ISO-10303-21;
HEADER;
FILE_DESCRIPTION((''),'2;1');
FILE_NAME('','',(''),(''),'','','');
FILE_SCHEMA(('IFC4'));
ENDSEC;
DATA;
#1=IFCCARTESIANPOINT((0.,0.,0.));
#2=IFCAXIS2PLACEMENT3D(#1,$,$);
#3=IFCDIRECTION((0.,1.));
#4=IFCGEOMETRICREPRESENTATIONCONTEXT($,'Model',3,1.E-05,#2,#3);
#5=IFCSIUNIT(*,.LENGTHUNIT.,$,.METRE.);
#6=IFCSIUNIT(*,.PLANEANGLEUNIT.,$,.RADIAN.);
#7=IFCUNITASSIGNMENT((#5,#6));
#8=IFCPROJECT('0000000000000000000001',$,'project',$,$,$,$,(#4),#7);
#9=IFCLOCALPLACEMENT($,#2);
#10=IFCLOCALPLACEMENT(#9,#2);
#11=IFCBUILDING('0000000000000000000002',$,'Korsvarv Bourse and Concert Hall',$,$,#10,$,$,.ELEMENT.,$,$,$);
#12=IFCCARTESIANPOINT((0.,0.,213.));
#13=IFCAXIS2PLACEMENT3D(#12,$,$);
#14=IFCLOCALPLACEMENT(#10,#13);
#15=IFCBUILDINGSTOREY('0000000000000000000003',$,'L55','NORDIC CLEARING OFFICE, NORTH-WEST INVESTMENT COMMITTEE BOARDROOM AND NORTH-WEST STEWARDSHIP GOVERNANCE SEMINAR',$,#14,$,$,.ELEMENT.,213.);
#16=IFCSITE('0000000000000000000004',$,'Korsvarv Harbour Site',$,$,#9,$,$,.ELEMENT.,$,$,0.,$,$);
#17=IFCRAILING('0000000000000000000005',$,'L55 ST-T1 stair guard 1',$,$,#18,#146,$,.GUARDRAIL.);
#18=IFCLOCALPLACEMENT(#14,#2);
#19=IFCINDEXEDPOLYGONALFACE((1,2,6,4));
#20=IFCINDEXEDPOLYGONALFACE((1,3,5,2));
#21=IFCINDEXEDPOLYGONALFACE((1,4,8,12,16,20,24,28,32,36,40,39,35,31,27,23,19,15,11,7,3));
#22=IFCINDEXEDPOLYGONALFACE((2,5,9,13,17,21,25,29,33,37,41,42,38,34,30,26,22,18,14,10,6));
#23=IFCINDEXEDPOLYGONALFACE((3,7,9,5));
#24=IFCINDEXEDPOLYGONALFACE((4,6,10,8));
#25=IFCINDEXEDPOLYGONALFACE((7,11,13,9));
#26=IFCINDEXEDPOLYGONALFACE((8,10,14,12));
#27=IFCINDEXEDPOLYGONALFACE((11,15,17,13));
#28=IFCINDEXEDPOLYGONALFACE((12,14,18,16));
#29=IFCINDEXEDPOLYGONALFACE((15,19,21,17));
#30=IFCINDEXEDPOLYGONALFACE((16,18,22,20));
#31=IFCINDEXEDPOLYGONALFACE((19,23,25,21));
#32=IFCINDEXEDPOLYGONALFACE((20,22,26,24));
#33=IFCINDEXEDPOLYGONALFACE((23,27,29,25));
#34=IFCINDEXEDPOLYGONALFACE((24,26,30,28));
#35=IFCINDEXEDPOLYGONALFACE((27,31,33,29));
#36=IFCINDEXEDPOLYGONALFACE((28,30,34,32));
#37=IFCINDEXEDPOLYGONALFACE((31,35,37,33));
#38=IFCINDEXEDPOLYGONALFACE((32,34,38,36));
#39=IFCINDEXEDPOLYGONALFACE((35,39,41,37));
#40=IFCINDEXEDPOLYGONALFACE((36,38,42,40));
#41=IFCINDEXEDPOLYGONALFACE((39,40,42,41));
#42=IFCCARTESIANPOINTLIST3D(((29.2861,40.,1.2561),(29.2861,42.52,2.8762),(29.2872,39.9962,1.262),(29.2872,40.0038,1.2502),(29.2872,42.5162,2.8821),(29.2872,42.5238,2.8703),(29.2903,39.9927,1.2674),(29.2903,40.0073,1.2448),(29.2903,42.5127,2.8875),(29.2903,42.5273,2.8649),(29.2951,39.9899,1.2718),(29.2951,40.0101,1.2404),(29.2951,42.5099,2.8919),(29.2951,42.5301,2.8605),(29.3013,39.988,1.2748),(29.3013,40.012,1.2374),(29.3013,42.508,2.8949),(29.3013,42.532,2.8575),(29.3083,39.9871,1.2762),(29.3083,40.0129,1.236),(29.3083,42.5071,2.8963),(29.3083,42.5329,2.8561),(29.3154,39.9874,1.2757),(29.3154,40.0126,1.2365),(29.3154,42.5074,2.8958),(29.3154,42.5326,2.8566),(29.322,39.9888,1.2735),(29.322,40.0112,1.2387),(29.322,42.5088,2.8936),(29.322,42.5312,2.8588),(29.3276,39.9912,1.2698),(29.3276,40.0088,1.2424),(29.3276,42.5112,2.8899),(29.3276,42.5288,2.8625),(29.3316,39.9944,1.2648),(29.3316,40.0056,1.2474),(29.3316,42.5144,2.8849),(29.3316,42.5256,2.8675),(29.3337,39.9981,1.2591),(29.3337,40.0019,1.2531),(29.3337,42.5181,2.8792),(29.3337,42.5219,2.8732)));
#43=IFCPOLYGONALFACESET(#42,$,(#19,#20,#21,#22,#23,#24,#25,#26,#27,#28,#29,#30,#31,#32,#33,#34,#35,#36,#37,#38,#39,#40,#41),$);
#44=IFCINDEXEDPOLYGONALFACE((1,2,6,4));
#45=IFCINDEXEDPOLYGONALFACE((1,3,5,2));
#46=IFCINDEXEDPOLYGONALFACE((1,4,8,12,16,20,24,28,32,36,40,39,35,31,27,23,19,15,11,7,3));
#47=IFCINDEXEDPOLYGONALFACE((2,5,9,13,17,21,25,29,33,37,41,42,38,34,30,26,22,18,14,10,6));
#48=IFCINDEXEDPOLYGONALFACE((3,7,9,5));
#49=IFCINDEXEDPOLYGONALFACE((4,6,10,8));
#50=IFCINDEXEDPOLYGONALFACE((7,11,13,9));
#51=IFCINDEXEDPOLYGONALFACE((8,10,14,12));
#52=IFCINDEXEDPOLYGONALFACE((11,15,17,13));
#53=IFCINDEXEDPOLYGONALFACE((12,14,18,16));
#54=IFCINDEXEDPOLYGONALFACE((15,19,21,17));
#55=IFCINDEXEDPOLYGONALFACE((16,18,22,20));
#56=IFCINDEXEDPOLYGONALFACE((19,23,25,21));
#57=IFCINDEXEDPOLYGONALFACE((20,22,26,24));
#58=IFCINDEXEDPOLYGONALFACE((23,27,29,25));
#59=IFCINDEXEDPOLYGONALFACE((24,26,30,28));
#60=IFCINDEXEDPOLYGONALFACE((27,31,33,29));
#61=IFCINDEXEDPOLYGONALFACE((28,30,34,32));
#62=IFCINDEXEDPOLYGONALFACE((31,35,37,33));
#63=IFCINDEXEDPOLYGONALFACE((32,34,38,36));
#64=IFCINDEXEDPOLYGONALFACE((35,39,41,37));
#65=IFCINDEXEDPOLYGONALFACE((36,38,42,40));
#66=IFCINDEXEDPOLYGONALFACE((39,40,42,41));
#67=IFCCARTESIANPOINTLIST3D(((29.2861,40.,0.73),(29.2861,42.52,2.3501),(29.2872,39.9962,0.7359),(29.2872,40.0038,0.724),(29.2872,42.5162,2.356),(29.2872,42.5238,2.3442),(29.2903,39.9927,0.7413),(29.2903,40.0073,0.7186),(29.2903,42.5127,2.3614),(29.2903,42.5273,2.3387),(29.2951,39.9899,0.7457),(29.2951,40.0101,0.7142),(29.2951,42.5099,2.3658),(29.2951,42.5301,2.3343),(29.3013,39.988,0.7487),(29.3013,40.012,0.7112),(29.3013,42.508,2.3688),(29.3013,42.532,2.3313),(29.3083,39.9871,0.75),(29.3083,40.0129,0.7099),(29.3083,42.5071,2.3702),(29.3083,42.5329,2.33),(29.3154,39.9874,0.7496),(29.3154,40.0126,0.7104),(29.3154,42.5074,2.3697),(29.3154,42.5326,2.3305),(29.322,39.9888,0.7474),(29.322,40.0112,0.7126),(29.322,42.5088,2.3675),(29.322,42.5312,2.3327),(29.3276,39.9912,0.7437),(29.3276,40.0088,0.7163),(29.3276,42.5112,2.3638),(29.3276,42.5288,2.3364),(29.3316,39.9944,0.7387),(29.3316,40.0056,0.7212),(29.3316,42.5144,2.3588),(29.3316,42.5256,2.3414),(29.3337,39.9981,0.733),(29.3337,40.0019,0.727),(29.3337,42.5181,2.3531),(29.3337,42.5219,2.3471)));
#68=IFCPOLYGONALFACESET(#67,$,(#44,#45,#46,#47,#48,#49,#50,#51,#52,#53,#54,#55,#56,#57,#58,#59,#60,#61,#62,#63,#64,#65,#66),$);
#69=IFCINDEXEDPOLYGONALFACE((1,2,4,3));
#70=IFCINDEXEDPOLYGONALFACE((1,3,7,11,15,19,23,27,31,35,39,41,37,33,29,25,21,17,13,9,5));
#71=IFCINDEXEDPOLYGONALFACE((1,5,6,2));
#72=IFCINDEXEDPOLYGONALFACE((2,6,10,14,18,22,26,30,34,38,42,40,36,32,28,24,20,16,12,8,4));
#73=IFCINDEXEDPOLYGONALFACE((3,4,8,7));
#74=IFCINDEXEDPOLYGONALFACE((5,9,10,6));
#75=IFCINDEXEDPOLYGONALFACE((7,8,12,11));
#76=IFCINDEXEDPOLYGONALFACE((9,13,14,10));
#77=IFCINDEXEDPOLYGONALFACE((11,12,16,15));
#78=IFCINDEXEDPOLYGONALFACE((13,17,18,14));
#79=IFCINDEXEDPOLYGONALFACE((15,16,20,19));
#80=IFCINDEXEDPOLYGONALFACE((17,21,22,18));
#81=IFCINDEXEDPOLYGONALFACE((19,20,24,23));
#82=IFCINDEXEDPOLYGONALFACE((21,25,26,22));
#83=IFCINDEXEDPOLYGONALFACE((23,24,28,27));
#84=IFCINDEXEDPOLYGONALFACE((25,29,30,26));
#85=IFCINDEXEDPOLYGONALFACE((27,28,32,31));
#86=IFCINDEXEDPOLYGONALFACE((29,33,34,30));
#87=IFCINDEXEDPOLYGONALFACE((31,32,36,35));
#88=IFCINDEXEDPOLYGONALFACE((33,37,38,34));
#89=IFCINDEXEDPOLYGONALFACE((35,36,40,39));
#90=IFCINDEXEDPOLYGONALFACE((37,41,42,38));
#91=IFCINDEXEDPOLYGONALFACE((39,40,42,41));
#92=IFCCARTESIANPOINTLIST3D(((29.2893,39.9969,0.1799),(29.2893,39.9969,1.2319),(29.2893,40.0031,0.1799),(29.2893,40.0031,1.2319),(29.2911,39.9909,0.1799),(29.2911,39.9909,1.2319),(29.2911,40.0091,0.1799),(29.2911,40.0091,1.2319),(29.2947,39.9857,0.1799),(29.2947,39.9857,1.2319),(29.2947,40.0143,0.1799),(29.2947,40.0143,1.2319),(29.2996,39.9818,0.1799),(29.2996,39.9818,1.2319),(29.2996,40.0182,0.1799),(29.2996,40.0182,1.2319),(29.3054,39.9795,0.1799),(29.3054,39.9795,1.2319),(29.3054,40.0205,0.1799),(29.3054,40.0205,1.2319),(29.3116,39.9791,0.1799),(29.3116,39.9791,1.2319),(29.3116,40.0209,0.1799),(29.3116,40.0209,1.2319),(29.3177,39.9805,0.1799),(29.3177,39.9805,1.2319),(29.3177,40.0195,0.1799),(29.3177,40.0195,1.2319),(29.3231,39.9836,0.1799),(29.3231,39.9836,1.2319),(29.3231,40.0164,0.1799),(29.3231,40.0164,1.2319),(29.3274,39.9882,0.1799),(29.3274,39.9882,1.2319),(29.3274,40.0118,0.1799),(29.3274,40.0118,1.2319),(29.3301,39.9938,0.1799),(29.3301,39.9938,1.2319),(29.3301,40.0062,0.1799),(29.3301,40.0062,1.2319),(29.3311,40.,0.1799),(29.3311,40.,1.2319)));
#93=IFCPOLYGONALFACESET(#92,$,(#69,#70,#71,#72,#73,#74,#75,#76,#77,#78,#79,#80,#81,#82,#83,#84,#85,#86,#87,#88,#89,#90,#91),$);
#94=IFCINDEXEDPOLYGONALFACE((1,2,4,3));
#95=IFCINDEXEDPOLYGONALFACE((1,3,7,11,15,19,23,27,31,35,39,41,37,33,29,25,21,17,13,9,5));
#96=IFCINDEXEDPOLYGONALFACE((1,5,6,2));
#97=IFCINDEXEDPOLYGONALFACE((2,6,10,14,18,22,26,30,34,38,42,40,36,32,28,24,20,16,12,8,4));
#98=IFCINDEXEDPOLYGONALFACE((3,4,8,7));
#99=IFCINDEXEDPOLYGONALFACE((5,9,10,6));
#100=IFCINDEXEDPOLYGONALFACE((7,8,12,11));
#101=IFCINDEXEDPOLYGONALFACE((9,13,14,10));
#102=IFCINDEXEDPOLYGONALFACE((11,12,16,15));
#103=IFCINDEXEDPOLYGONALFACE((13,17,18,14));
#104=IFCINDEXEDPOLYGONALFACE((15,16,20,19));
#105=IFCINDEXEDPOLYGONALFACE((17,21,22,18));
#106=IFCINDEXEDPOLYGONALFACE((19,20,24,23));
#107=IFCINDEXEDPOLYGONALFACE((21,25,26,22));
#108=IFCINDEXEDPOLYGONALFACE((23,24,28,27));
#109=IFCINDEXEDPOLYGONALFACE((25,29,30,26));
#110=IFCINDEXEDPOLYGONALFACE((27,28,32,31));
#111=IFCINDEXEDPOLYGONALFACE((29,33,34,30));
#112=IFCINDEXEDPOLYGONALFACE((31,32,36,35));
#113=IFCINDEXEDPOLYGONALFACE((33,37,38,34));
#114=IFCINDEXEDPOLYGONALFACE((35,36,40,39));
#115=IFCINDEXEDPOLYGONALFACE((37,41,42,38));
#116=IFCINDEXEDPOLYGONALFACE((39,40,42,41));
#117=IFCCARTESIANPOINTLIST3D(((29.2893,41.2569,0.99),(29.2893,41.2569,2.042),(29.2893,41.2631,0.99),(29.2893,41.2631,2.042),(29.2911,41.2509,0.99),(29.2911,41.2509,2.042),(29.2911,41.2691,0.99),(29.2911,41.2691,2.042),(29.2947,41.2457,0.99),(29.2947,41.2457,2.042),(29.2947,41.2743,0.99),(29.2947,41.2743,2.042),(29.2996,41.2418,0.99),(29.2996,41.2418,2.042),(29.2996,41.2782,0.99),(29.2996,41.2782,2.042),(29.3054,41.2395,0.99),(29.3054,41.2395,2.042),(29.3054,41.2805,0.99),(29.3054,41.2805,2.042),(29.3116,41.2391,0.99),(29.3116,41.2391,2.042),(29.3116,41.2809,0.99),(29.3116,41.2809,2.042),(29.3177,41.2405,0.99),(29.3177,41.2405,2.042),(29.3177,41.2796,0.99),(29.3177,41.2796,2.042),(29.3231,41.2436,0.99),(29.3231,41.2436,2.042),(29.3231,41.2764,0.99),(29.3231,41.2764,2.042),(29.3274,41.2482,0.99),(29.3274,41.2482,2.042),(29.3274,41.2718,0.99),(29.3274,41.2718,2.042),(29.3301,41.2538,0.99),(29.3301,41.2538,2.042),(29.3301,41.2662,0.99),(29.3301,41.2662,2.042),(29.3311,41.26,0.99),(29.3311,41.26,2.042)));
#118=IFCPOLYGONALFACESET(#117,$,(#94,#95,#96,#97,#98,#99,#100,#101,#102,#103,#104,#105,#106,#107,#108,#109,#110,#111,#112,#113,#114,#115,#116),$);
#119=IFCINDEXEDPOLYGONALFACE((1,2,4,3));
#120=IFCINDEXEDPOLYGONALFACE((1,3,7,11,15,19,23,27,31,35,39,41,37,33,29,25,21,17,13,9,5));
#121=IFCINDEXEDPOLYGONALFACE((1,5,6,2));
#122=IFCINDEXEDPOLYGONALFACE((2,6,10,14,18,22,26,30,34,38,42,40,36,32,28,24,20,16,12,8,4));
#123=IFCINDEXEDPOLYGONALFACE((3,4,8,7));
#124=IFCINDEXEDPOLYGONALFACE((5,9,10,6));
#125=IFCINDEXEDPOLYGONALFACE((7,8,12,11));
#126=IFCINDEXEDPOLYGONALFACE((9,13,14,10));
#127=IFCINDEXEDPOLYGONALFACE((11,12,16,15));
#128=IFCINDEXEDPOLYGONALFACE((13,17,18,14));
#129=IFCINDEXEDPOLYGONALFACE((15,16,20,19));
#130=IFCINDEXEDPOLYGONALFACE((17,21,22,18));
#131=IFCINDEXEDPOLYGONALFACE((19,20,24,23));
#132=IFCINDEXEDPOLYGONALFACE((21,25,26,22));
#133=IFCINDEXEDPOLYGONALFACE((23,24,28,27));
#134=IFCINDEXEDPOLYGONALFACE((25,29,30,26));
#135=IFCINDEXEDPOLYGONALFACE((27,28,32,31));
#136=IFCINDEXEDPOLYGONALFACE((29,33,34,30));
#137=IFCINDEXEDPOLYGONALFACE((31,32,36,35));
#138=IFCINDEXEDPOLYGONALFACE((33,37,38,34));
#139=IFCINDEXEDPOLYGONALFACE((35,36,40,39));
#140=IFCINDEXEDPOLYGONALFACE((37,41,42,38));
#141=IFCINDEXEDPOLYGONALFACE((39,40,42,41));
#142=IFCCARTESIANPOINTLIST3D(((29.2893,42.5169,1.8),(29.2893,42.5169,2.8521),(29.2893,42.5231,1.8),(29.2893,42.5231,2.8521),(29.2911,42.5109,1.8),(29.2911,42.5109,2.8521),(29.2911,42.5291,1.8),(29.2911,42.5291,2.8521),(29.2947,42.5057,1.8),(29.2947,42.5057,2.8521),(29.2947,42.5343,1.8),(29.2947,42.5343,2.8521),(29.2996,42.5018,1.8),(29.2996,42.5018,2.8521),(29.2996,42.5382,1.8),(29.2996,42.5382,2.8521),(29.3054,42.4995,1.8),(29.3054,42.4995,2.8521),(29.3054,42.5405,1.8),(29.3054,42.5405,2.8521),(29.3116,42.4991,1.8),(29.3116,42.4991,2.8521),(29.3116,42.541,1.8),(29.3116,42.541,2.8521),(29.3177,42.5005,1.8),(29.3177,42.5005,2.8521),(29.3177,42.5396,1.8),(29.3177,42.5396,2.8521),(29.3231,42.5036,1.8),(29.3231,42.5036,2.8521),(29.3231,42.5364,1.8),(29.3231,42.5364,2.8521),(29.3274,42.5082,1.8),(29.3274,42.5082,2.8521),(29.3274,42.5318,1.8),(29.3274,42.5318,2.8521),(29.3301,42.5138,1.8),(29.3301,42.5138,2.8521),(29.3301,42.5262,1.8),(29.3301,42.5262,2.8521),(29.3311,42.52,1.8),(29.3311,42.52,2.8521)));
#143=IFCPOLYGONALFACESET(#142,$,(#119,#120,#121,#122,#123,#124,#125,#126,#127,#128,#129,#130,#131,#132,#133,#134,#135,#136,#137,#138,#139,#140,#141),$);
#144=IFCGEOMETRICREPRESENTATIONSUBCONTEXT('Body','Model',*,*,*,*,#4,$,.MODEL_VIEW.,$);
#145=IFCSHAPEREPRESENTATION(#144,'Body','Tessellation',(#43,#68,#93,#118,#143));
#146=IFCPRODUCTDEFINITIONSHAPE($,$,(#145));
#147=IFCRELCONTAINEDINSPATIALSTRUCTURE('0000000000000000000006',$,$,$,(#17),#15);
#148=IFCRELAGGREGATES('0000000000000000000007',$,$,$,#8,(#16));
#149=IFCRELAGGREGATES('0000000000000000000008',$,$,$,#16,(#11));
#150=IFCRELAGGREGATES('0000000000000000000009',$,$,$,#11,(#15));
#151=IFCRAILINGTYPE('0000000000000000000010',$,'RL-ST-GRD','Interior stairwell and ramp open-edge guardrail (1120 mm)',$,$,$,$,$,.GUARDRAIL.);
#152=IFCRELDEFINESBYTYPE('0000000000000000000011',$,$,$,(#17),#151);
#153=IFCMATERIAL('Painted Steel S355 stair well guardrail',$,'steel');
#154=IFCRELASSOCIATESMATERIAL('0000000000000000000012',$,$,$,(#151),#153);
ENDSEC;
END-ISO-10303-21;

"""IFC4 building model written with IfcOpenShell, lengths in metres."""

from ifc_helpers import new_model, si_unit, direction, frame, origin, origin_2d, place, context, subcontext, project, spatial, circle, extrude, material, type_object, element, save


model = new_model("IFC4")

# Units and contexts
model_context = context("Model", 3, precision=1e-05, world=origin(), true_north=direction((0.0, 1.0)))
body_context = subcontext(model_context, "Body", "Model", "MODEL_VIEW")
ifc_project = project(units=[si_unit("LENGTHUNIT", "METRE"), si_unit("PLANEANGLEUNIT", "RADIAN")], contexts=[model_context])

# Site, building, storey
site_placement = place(None, origin())
site = spatial("IfcSite", under=ifc_project, at=site_placement, Name="Korsvarv Harbour Site", CompositionType="ELEMENT", RefElevation=0.0)
building_placement = place(site_placement, origin())
building = spatial("IfcBuilding", under=site, at=building_placement, Name="Korsvarv Bourse and Concert Hall", CompositionType="ELEMENT")
storey_placement = place(building_placement, frame((0.0, 0.0, 213.0)))
storey = spatial("IfcBuildingStorey", under=building, at=storey_placement, Name="L55", Description="NORDIC CLEARING OFFICE, NORTH-WEST INVESTMENT COMMITTEE BOARDROOM AND NORTH-WEST STEWARDSHIP GOVERNANCE SEMINAR", CompositionType="ELEMENT", Elevation=213.0)

# Railing
ifc_material_1 = material(Name="Painted Steel S355 stair well guardrail", Category="steel")
railing_type_1 = type_object("IfcRailingType", Name="RL-ST-GRD", Description="Interior stairwell and ramp open-edge guardrail (1120 mm)", PredefinedType="GUARDRAIL", material=ifc_material_1)
railing_1_placement = place(storey_placement, frame((29.3101, 40.0, 0.1799)))
element("IfcRailing", 1, at=railing_1_placement, inside=storey, type_object=railing_type_1, Name="L55 ST-T1 stair guard 1", PredefinedType="GUARDRAIL", context=body_context, shape_type="SweptSolid", body=[
    extrude(circle(Radius=0.0239, at=origin_2d()), frame((0.0, 0.0, 1.0762), z_axis=(0.0, 0.841163, 0.540782), x_axis=(-1.0, 0.0, 0.0)), (0.0, 0.0, 1.0), 2.9958),
    extrude(circle(Radius=0.0239, at=origin_2d()), frame((0.0, 0.0, 0.55), z_axis=(0.0, 0.841163, 0.540782), x_axis=(-1.0, 0.0, 0.0)), (0.0, 0.0, 1.0), 2.9958),
    extrude(circle(Radius=0.021, at=origin_2d()), origin(), (0.0, 0.0, 1.0), 1.052),
    extrude(circle(Radius=0.021, at=origin_2d()), frame((0.0, 1.26, 0.8101)), (0.0, 0.0, 1.0), 1.052),
    extrude(circle(Radius=0.021, at=origin_2d()), frame((0.0, 2.52, 1.6201)), (0.0, 0.0, 1.0), 1.052),
])

save(model, "model.ifc")
